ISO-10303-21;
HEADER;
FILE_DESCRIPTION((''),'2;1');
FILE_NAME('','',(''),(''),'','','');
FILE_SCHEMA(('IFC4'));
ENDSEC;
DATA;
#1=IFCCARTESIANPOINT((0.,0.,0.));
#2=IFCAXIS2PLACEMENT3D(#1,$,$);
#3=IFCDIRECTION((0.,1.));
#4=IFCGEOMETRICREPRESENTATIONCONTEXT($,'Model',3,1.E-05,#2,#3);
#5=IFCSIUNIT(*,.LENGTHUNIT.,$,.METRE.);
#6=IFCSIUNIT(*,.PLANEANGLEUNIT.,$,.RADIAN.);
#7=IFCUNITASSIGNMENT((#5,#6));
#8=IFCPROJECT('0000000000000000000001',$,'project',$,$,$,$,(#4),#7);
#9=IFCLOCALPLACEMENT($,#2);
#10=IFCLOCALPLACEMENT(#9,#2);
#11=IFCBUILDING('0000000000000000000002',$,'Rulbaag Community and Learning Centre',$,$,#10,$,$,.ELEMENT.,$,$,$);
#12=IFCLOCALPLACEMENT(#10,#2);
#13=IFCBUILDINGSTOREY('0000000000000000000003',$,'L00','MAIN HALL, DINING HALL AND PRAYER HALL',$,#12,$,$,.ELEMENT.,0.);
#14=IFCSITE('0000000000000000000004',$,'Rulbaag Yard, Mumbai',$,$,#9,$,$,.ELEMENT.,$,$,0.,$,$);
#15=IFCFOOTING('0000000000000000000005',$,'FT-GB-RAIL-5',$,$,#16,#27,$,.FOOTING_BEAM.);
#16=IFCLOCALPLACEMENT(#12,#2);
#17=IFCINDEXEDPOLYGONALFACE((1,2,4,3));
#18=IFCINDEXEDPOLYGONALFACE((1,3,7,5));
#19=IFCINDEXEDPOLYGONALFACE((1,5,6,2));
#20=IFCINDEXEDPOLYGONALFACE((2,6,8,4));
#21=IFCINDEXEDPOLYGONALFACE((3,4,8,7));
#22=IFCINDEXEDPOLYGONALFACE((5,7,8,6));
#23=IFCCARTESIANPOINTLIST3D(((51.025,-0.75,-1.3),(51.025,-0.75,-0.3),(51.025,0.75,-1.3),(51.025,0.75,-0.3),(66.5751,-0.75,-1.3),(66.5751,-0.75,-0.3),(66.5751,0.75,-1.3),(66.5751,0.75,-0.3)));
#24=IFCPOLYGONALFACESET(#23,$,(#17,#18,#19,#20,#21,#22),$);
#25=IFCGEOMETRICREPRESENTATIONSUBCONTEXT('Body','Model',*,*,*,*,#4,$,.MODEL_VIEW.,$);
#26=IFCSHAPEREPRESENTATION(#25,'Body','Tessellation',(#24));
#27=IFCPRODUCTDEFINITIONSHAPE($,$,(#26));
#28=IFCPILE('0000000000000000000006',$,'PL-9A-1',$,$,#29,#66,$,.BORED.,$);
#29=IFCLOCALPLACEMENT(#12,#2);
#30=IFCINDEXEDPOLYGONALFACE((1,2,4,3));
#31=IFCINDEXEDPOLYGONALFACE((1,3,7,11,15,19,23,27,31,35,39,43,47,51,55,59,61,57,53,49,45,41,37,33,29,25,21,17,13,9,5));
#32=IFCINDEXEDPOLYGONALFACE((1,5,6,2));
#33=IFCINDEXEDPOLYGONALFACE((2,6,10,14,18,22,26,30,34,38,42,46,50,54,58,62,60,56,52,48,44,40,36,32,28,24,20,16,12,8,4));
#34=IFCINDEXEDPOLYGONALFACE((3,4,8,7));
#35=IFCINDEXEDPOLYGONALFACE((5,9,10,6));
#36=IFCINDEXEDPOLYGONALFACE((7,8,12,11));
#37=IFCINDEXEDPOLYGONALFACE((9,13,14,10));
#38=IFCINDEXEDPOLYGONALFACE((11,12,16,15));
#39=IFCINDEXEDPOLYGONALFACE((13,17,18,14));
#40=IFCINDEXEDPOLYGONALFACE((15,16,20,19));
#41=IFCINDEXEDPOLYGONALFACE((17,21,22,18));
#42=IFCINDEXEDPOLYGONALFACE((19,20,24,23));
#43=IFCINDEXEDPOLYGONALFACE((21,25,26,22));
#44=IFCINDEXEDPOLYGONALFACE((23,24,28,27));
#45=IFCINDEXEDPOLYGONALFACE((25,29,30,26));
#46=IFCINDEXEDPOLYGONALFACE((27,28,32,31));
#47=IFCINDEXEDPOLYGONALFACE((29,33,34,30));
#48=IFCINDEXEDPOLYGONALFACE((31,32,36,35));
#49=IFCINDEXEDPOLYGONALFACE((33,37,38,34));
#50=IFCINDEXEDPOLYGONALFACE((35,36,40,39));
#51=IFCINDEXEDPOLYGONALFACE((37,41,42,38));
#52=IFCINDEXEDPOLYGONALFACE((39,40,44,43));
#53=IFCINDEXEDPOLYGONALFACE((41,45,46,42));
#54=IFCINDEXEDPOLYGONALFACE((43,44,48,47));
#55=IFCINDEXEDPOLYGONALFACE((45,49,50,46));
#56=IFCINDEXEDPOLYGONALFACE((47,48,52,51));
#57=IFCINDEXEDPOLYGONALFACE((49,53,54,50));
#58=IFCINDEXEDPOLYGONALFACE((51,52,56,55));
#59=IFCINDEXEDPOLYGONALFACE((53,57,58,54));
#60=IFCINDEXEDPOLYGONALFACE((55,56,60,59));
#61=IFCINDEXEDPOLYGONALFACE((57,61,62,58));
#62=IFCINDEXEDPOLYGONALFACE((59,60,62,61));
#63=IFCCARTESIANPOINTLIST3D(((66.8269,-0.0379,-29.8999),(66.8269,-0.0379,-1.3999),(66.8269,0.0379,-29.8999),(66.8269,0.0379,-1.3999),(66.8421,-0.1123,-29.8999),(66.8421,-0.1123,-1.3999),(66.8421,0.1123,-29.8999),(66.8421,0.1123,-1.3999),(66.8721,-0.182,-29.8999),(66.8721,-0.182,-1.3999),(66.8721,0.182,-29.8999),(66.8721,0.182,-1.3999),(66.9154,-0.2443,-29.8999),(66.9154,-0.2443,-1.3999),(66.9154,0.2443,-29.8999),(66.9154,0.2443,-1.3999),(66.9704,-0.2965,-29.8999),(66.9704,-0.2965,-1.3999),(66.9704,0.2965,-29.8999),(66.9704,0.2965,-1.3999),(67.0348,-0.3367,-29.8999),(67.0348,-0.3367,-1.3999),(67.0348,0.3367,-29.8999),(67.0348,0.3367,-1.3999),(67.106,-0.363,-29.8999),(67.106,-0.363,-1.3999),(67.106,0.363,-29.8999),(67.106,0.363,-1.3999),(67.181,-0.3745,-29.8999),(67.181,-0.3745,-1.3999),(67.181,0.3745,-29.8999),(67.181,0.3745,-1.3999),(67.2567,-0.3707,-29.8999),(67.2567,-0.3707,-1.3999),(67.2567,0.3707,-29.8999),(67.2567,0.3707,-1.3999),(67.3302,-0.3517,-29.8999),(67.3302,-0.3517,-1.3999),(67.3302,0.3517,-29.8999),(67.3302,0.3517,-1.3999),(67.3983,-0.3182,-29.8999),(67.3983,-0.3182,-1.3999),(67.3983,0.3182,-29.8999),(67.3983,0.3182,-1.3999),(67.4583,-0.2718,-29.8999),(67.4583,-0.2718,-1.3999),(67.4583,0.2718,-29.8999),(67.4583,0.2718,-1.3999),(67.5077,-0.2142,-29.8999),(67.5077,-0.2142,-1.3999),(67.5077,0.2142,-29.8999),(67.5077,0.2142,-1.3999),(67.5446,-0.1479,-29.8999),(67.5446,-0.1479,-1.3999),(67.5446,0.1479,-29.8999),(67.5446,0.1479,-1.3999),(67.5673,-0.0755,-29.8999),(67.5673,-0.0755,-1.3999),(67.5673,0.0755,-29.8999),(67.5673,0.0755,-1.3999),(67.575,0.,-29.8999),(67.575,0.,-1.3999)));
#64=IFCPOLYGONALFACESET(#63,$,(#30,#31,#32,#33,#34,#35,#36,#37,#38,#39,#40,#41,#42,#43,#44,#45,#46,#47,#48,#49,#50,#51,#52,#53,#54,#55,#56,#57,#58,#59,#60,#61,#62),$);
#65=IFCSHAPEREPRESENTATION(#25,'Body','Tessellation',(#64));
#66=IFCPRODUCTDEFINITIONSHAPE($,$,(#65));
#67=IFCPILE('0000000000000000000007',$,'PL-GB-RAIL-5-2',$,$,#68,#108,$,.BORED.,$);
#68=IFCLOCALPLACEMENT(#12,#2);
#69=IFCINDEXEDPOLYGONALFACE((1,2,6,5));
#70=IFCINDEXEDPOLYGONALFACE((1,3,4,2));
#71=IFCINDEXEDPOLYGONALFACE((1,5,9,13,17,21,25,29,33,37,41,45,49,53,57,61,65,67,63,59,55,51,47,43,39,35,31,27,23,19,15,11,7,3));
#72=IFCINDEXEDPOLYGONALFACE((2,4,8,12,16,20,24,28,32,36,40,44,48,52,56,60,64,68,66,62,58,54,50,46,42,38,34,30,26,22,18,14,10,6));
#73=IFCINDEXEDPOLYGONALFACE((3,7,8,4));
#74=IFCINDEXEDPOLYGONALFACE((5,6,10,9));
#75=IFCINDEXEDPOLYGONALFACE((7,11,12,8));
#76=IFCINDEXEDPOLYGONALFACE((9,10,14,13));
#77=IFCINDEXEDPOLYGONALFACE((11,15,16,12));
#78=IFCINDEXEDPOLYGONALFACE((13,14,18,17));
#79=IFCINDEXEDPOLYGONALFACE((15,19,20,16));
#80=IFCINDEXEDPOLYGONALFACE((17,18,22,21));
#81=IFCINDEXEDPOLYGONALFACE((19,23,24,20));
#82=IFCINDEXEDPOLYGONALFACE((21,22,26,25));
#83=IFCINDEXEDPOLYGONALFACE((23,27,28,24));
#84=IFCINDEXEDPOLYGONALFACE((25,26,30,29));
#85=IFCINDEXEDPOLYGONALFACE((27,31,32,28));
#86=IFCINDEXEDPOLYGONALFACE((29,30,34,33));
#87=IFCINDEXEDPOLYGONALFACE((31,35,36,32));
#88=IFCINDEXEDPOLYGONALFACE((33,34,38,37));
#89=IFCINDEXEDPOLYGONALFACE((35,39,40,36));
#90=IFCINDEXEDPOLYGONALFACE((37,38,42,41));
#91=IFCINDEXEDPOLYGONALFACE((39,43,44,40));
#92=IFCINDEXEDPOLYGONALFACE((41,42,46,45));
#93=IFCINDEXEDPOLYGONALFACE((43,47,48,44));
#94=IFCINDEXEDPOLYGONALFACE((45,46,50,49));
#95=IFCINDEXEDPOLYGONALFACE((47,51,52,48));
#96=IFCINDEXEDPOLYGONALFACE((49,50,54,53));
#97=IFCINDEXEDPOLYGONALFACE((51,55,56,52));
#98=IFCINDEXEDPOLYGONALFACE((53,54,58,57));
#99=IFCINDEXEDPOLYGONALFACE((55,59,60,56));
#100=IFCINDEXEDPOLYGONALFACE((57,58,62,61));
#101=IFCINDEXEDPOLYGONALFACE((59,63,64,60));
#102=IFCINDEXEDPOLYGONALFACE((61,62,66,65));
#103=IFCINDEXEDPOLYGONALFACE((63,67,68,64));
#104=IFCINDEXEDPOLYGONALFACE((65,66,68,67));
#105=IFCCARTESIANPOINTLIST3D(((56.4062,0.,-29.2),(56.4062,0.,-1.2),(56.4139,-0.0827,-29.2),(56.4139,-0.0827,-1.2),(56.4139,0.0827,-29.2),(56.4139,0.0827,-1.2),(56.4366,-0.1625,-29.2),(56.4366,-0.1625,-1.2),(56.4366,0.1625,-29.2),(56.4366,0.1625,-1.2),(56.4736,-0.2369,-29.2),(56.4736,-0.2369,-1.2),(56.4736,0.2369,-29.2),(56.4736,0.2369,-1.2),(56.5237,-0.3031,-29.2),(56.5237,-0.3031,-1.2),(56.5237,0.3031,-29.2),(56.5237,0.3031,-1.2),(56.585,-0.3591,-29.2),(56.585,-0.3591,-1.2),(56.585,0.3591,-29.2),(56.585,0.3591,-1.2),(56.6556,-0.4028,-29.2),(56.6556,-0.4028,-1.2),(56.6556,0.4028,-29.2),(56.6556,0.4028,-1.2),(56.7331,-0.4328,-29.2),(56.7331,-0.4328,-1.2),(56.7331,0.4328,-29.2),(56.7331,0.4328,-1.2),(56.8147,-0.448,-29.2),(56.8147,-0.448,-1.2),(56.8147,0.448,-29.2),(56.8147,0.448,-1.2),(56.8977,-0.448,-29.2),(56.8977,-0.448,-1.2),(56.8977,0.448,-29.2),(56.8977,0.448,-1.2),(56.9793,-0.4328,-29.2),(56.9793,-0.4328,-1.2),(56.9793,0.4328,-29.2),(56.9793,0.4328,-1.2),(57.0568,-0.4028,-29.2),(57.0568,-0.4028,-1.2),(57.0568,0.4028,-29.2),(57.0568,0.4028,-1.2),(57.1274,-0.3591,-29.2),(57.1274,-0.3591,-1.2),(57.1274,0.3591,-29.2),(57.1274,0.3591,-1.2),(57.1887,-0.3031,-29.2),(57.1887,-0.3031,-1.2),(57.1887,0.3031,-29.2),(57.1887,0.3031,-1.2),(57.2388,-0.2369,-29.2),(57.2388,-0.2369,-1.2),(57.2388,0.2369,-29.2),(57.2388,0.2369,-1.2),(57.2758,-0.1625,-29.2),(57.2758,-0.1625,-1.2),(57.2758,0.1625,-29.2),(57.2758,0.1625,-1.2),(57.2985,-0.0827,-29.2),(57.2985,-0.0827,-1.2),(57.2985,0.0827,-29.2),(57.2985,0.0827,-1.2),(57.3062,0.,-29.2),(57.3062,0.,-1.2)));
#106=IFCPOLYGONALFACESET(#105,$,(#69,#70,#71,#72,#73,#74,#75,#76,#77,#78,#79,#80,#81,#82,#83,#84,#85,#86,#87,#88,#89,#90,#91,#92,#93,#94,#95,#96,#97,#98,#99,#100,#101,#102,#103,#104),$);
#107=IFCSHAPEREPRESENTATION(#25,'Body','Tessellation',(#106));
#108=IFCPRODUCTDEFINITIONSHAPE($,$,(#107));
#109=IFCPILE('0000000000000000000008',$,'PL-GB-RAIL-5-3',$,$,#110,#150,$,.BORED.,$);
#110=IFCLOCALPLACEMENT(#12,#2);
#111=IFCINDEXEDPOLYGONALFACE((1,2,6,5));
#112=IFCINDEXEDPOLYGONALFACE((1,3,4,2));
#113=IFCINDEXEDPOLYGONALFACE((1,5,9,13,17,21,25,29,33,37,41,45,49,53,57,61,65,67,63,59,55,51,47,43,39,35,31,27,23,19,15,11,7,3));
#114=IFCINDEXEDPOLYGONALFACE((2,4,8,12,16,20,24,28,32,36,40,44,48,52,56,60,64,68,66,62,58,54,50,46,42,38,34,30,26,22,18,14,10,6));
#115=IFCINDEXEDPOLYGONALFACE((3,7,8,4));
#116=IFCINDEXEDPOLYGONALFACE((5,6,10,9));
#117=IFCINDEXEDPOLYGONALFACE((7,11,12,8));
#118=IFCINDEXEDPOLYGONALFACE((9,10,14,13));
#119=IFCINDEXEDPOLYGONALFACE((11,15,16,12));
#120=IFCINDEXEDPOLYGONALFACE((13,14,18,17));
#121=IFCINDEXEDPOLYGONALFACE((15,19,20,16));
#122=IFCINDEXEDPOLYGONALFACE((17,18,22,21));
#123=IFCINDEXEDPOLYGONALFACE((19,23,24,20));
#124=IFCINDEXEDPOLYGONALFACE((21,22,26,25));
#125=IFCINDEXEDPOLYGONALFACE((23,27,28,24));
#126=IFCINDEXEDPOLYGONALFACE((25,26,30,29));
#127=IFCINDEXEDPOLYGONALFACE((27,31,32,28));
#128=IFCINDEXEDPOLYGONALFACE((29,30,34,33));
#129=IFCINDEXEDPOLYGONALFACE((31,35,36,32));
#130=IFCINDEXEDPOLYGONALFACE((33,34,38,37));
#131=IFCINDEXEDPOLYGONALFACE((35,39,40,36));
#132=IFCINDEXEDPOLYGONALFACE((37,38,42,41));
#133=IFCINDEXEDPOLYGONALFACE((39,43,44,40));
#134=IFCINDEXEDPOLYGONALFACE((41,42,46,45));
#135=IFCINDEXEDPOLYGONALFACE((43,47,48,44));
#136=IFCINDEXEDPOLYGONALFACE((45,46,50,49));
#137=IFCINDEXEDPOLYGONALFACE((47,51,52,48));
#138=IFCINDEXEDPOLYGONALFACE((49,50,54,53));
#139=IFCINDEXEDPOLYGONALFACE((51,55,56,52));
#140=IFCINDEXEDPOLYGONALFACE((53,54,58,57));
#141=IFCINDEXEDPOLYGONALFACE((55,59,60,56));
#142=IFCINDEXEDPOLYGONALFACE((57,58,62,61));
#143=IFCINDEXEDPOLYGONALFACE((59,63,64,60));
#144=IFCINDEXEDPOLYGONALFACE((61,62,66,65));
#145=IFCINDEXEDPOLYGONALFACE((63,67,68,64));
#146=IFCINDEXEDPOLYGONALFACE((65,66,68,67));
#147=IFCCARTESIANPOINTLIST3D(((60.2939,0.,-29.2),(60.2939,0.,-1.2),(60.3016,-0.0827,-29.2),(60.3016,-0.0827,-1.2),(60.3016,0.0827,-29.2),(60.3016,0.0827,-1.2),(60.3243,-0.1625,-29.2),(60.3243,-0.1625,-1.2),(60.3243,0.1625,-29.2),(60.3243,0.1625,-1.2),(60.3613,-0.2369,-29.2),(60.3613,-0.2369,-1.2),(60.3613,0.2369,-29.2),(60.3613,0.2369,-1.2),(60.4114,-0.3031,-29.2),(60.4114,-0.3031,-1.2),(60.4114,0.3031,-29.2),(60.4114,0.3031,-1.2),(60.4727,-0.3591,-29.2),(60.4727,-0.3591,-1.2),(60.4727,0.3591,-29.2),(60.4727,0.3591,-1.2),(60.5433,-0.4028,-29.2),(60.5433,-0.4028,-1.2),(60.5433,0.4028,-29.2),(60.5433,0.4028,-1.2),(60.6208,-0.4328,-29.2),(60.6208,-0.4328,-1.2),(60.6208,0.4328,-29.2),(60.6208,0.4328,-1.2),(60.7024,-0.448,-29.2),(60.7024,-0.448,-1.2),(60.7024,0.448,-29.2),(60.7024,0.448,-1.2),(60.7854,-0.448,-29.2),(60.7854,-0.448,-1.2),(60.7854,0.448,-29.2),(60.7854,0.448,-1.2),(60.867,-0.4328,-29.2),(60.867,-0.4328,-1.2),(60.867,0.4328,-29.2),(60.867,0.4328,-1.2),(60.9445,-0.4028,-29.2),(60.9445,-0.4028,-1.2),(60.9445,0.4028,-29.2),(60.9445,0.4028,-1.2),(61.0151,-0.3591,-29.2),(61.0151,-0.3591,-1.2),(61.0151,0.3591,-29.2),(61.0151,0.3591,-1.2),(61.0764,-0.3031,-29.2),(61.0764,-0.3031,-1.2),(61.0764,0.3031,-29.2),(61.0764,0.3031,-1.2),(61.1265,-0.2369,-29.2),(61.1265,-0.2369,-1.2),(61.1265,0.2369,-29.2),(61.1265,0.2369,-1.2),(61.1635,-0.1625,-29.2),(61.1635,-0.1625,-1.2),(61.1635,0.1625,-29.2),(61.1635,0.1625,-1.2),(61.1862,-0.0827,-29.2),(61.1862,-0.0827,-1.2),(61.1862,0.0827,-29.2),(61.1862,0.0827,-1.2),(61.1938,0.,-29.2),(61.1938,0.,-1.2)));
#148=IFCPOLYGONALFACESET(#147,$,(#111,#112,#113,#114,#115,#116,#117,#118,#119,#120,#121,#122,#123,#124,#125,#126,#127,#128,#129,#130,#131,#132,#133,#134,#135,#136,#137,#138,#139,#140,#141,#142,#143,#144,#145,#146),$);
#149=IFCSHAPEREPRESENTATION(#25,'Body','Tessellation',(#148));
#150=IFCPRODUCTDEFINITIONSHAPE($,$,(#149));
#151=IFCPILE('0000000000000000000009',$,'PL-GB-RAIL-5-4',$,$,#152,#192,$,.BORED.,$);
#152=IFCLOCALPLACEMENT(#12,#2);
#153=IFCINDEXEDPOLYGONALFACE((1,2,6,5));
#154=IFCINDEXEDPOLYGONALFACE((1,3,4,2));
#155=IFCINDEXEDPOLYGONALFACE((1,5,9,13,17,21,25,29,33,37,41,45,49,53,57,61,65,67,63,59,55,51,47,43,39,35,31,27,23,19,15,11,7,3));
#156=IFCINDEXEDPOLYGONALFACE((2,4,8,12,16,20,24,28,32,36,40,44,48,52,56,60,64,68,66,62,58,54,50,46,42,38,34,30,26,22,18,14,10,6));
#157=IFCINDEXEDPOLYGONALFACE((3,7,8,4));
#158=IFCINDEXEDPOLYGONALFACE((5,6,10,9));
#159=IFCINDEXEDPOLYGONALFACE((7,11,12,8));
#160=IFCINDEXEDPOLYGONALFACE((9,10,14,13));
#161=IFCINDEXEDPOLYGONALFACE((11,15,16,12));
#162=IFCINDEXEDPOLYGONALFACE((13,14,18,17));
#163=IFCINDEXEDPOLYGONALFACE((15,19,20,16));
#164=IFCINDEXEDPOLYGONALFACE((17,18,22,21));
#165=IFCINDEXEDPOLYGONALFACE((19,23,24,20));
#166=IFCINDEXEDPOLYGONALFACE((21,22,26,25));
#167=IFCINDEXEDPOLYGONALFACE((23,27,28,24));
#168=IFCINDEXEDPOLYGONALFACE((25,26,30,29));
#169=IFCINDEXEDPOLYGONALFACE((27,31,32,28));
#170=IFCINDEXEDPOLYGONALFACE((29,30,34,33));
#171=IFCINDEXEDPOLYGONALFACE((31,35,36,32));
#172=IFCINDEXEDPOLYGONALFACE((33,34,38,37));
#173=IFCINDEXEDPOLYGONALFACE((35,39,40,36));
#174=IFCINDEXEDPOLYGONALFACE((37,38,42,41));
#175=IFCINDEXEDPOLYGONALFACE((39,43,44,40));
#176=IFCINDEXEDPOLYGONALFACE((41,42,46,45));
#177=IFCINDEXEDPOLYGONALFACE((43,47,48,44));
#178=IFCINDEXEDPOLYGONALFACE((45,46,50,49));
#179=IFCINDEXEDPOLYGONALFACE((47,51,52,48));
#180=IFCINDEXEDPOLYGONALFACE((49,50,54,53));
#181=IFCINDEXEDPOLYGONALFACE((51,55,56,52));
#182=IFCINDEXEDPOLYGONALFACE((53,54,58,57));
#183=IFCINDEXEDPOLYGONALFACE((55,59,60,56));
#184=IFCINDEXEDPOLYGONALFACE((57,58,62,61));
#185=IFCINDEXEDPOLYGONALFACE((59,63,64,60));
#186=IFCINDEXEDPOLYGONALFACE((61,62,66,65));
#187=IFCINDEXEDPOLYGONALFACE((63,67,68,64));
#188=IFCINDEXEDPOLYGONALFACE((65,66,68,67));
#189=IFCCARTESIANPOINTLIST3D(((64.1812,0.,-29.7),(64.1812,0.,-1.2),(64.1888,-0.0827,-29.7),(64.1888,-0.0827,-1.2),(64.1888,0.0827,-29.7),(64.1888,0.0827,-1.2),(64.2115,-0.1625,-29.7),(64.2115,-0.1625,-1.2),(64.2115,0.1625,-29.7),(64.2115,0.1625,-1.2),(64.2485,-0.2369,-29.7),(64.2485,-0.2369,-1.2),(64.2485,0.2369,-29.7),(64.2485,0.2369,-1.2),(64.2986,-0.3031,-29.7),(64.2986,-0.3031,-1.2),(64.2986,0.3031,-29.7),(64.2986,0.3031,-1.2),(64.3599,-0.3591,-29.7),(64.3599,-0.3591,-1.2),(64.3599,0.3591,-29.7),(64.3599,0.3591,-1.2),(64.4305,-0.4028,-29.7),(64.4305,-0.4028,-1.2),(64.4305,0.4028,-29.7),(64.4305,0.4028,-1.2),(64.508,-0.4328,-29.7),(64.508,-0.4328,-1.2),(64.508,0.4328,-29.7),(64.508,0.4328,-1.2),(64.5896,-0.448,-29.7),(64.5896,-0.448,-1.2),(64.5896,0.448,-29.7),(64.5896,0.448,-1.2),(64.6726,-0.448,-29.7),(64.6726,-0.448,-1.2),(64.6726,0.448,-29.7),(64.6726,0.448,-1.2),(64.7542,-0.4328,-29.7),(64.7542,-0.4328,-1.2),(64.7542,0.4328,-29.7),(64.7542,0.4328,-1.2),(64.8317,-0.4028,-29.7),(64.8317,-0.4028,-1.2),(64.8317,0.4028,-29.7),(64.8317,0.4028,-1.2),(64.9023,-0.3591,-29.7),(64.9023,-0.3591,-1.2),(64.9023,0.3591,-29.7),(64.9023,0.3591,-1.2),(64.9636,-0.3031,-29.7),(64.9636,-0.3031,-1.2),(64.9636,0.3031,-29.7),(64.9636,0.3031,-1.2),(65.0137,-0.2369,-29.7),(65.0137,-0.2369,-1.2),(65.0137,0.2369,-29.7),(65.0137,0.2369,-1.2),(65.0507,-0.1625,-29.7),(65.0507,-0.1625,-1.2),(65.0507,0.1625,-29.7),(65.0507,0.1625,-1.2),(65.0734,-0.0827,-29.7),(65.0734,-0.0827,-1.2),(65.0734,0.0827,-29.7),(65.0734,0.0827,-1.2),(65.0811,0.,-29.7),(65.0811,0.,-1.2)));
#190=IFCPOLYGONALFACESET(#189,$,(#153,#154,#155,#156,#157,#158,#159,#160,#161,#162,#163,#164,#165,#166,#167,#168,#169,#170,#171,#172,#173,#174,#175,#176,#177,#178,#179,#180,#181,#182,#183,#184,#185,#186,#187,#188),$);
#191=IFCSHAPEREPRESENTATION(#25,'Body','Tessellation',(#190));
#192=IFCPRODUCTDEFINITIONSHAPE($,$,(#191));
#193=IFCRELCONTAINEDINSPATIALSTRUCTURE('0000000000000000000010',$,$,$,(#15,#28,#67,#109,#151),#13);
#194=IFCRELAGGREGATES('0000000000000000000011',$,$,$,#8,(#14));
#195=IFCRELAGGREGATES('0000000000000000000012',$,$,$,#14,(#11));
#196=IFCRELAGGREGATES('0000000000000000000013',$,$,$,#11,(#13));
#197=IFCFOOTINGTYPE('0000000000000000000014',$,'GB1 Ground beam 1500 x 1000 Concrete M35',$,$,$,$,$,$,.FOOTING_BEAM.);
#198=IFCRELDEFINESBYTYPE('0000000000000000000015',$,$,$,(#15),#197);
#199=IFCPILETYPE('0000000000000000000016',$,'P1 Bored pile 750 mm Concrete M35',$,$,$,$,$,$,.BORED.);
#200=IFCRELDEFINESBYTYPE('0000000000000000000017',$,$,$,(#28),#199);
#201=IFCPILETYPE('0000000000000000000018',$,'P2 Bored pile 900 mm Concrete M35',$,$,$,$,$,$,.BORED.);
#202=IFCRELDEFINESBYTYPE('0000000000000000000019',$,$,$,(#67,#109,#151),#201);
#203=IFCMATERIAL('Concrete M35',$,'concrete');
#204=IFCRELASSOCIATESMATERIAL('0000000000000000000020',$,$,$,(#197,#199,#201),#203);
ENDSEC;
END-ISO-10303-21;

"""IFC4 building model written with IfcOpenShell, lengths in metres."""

from ifc_helpers import new_model, si_unit, direction, frame, origin, origin_2d, place, context, subcontext, project, spatial, rectangle, circle, extrude, material, material_profile, profile_set, type_object, element, save


model = new_model("IFC4")

# Units and contexts
model_context = context("Model", 3, precision=1e-05, world=origin(), true_north=direction((0.0, 1.0)))
body_context = subcontext(model_context, "Body", "Model", "MODEL_VIEW")
ifc_project = project(units=[si_unit("LENGTHUNIT", "METRE"), si_unit("PLANEANGLEUNIT", "RADIAN")], contexts=[model_context])

# Site, building, storey
site_placement = place(None, origin())
site = spatial("IfcSite", under=ifc_project, at=site_placement, Name="Rulbaag Yard, Mumbai", CompositionType="ELEMENT", RefElevation=0.0)
building_placement = place(site_placement, origin())
building = spatial("IfcBuilding", under=site, at=building_placement, Name="Rulbaag Community and Learning Centre", CompositionType="ELEMENT")
storey_placement = place(building_placement, origin())
storey = spatial("IfcBuildingStorey", under=building, at=storey_placement, Name="L00", Description="MAIN HALL, DINING HALL AND PRAYER HALL", CompositionType="ELEMENT", Elevation=0.0)

# Footing
ifc_material_1 = material(Name="Concrete M35", Category="concrete")
footing_type_1 = type_object("IfcFootingType", Name="GB1 Ground beam 1500 x 1000 Concrete M35", PredefinedType="FOOTING_BEAM", material=ifc_material_1)
footing_1_placement = place(storey_placement, frame((58.8, 0.0, -1.3), z_axis=(0.0, 0.0, 1.0), x_axis=(1.0, 0.0, 0.0)))
element("IfcFooting", 1, at=footing_1_placement, inside=storey, type_object=footing_type_1, Name="FT-GB-RAIL-5", PredefinedType="FOOTING_BEAM", context=body_context, shape_type="SweptSolid", body=[
    extrude(rectangle(XDim=15.55, YDim=1.5, at=origin_2d()), origin(), (0.0, 0.0, 1.0), 1.0),
])

# Piles
ifc_material_profile_1 = material_profile(ifc_material_1, circle(Radius=0.375, at=origin_2d()), Name="BP750")
ifc_profile_set_1 = profile_set([ifc_material_profile_1], Name="Concrete M35")
pile_type_1 = type_object("IfcPileType", Name="P1 Bored pile 750 mm Concrete M35", PredefinedType="BORED", material=ifc_profile_set_1)
pile_placement = place(storey_placement, frame((67.2, 0.0, -1.3999), z_axis=(0.0, 0.0, -1.0), x_axis=(1.0, 0.0, 0.0)))
element("IfcPile", 2, at=pile_placement, inside=storey, type_object=pile_type_1, Name="PL-9A-1", PredefinedType="BORED", context=body_context, shape_type="SweptSolid", body=[
    extrude(circle(Radius=0.375, at=origin_2d()), origin(), (0.0, 0.0, 1.0), 28.5),
])
ifc_material_profile_2 = material_profile(ifc_material_1, circle(Radius=0.45, at=origin_2d()), Name="BP900")
ifc_profile_set_2 = profile_set([ifc_material_profile_2], Name="Concrete M35")
pile_type_2 = type_object("IfcPileType", Name="P2 Bored pile 900 mm Concrete M35", PredefinedType="BORED", material=ifc_profile_set_2)
for number, where, z_axis, x_axis, name in (
    (3, (56.8562, 0.0, -1.2), (0.0, 0.0, -1.0), (1.0, 0.0, 0.0), "PL-GB-RAIL-5-2"),
    (4, (60.7439, 0.0, -1.2), (0.0, 0.0, -1.0), (1.0, 0.0, 0.0), "PL-GB-RAIL-5-3"),
):
    element("IfcPile", number, at=place(storey_placement, frame(where, z_axis=z_axis, x_axis=x_axis)), inside=storey, type_object=pile_type_2, Name=name, PredefinedType="BORED", context=body_context, shape_type="SweptSolid", body=[
        extrude(circle(Radius=0.45, at=origin_2d()), origin(), (0.0, 0.0, 1.0), 28.0),
    ])
for number, where, z_axis, x_axis, name in (
    (5, (64.6311, 0.0, -1.2), (0.0, 0.0, -1.0), (1.0, 0.0, 0.0), "PL-GB-RAIL-5-4"),
):
    element("IfcPile", number, at=place(storey_placement, frame(where, z_axis=z_axis, x_axis=x_axis)), inside=storey, type_object=pile_type_2, Name=name, PredefinedType="BORED", context=body_context, shape_type="SweptSolid", body=[
        extrude(circle(Radius=0.45, at=origin_2d()), origin(), (0.0, 0.0, 1.0), 28.5),
    ])

save(model, "model.ifc")
